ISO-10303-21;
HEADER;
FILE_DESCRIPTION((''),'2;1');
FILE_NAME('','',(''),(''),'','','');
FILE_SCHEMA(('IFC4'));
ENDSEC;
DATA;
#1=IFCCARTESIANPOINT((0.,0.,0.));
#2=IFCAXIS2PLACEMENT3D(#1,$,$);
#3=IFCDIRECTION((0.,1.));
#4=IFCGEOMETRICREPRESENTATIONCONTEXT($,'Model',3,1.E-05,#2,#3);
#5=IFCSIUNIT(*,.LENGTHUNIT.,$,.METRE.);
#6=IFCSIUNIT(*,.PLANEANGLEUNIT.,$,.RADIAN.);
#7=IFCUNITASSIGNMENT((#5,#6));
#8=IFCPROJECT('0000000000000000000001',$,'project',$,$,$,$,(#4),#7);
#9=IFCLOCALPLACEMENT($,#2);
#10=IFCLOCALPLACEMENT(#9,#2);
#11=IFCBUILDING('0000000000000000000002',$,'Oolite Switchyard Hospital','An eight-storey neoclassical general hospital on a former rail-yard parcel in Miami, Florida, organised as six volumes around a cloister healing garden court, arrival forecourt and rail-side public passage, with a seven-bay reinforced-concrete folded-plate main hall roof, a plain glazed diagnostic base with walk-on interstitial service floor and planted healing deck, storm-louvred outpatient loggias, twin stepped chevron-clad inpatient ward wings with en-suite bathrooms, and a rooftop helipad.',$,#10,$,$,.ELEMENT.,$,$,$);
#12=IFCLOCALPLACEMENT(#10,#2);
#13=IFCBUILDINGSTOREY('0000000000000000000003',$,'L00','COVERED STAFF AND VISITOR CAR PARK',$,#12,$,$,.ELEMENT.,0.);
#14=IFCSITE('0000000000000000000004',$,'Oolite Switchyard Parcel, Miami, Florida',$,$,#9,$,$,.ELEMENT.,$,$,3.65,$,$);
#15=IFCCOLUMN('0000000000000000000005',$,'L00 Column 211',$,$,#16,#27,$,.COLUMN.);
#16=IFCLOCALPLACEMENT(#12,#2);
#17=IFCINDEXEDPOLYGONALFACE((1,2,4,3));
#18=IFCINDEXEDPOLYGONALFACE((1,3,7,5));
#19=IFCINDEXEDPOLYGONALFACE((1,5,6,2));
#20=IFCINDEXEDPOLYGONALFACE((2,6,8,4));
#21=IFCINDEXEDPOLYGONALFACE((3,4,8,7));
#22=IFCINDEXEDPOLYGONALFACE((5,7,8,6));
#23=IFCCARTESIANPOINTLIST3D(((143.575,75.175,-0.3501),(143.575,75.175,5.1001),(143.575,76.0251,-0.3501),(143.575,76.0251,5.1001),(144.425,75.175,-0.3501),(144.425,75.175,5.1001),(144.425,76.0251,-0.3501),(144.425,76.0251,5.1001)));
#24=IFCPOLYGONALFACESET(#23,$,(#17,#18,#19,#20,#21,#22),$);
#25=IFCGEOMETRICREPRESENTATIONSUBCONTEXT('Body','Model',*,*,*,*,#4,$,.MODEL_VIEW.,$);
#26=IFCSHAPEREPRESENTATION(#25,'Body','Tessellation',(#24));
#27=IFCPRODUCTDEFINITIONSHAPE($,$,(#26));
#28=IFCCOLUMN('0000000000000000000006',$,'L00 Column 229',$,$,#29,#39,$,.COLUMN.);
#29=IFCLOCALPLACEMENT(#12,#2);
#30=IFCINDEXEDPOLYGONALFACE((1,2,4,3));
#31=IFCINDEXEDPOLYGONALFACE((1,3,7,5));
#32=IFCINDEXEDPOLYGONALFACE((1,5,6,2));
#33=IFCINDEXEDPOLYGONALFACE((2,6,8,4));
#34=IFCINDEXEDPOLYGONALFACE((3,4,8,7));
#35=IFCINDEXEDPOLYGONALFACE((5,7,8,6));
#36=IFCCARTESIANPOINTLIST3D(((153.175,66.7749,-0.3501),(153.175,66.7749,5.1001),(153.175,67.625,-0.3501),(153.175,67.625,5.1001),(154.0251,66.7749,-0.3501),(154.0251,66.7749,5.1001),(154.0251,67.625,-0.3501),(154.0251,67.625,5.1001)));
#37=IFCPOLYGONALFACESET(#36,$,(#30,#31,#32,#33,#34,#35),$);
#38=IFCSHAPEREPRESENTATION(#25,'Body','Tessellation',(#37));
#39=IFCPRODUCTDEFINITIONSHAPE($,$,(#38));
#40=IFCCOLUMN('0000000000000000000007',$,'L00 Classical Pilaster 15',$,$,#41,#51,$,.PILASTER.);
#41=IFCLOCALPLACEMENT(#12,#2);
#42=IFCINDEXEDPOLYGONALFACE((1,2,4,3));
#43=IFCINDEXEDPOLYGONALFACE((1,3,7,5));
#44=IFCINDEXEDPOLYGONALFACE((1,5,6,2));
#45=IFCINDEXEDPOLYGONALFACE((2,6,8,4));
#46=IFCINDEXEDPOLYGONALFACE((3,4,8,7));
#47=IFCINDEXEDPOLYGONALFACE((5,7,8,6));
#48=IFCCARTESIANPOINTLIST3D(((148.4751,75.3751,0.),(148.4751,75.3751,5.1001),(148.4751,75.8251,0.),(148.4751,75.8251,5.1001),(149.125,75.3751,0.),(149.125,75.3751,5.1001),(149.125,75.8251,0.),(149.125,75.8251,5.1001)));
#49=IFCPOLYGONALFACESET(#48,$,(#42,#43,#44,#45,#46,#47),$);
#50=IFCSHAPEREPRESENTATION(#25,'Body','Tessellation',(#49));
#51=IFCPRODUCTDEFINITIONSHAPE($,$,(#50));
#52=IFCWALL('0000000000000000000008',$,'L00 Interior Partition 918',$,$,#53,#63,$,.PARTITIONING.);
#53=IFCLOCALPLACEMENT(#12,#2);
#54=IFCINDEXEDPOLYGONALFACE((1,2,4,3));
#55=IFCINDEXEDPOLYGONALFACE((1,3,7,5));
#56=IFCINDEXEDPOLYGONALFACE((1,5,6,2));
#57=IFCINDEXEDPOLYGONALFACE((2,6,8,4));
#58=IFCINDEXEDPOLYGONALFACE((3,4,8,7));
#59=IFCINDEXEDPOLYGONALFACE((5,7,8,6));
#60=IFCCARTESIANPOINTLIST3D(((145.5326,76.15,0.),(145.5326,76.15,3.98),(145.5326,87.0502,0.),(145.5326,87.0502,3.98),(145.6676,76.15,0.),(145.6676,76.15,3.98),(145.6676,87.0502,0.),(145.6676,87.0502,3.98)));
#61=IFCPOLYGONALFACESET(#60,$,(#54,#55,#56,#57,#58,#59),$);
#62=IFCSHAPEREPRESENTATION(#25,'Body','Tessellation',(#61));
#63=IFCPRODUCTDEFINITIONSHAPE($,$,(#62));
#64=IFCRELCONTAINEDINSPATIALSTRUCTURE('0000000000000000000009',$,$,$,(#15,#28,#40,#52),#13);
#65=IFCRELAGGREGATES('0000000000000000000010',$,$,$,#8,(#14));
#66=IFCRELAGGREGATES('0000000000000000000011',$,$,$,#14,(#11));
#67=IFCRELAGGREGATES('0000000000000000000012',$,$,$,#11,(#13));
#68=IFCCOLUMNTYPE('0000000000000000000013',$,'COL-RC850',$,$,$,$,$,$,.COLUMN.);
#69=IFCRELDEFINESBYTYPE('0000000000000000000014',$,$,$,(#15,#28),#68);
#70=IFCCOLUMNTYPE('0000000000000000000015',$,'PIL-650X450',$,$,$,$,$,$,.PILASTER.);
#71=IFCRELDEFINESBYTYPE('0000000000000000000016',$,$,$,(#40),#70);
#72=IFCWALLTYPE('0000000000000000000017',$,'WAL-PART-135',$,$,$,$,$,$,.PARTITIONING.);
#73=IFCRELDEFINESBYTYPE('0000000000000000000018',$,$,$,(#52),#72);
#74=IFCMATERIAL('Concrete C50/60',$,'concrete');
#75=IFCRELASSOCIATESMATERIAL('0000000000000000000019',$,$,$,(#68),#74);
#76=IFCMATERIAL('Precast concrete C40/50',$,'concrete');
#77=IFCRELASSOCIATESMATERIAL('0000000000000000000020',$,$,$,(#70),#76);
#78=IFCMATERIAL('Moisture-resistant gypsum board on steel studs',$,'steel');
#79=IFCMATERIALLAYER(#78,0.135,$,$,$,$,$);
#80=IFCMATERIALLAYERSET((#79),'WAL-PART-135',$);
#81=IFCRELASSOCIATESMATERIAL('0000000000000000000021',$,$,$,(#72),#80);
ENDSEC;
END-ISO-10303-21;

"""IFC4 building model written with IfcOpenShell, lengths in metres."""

from ifc_helpers import new_model, si_unit, direction, frame, frame_2d, origin, origin_2d, place, context, subcontext, project, spatial, rectangle, extrude, material, layer, layer_set, material_profile, profile_set, type_object, element, save


model = new_model("IFC4")

# Units and contexts
model_context = context("Model", 3, precision=1e-05, world=origin(), true_north=direction((0.0, 1.0)))
body_context = subcontext(model_context, "Body", "Model", "MODEL_VIEW")
ifc_project = project(units=[si_unit("LENGTHUNIT", "METRE"), si_unit("PLANEANGLEUNIT", "RADIAN")], contexts=[model_context])

# Site, building, storey
site_placement = place(None, origin())
site = spatial("IfcSite", under=ifc_project, at=site_placement, Name="Oolite Switchyard Parcel, Miami, Florida", CompositionType="ELEMENT", RefElevation=3.65)
building_placement = place(site_placement, origin())
building = spatial("IfcBuilding", under=site, at=building_placement, Name="Oolite Switchyard Hospital", Description="An eight-storey neoclassical general hospital on a former rail-yard parcel in Miami, Florida, organised as six volumes around a cloister healing garden court, arrival forecourt and rail-side public passage, with a seven-bay reinforced-concrete folded-plate main hall roof, a plain glazed diagnostic base with walk-on interstitial service floor and planted healing deck, storm-louvred outpatient loggias, twin stepped chevron-clad inpatient ward wings with en-suite bathrooms, and a rooftop helipad.", CompositionType="ELEMENT")
storey_placement = place(building_placement, origin())
storey = spatial("IfcBuildingStorey", under=building, at=storey_placement, Name="L00", Description="COVERED STAFF AND VISITOR CAR PARK", CompositionType="ELEMENT", Elevation=0.0)

# Columns
ifc_material_1 = material(Name="Concrete C50/60", Category="concrete")
ifc_material_profile_1 = material_profile(ifc_material_1, rectangle(XDim=0.8501, YDim=0.8501, at=origin_2d()), Name="RC850X850")
ifc_profile_set_1 = profile_set([ifc_material_profile_1], Name="Concrete C50/60")
column_type_1 = type_object("IfcColumnType", Name="COL-RC850", PredefinedType="COLUMN", material=ifc_profile_set_1)
for number, where, z_axis, x_axis, name in (
    (1, (144.0, 75.6001, -0.3501), (0.0, 0.0, 1.0), (1.0, 0.0, 0.0), "L00 Column 211"),
    (2, (153.6001, 67.2, -0.3501), (0.0, 0.0, 1.0), (1.0, 0.0, 0.0), "L00 Column 229"),
):
    element("IfcColumn", number, at=place(storey_placement, frame(where, z_axis=z_axis, x_axis=x_axis)), inside=storey, type_object=column_type_1, Name=name, PredefinedType="COLUMN", context=body_context, shape_type="SweptSolid", body=[
        extrude(rectangle(XDim=0.8501, YDim=0.8501, at=origin_2d()), origin(), (0.0, 0.0, 1.0), 5.4502),
    ])
ifc_material_2 = material(Name="Precast concrete C40/50", Category="concrete")
ifc_material_profile_2 = material_profile(ifc_material_2, rectangle(XDim=0.6499, YDim=0.45, at=origin_2d()), Name="PIL650X450")
ifc_profile_set_2 = profile_set([ifc_material_profile_2], Name="Precast concrete C40/50")
column_type_2 = type_object("IfcColumnType", Name="PIL-650X450", PredefinedType="PILASTER", material=ifc_profile_set_2)
column_placement = place(storey_placement, frame((148.8, 75.6001, 0.0), z_axis=(0.0, 0.0, 1.0), x_axis=(1.0, 0.0, 0.0)))
element("IfcColumn", 3, at=column_placement, inside=storey, type_object=column_type_2, Name="L00 Classical Pilaster 15", PredefinedType="PILASTER", context=body_context, shape_type="SweptSolid", body=[
    extrude(rectangle(XDim=0.6499, YDim=0.45, at=origin_2d()), origin(), (0.0, 0.0, 1.0), 5.1001),
])

# Wall
ifc_material_3 = material(Name="Moisture-resistant gypsum board on steel studs", Category="steel")
ifc_layer = layer(ifc_material_3, 0.135)
ifc_layer_set = layer_set([ifc_layer], Name="WAL-PART-135")
wall_type = type_object("IfcWallType", Name="WAL-PART-135", PredefinedType="PARTITIONING", material=ifc_layer_set)
wall_placement = place(storey_placement, frame((145.6001, 76.1499, 0.0), z_axis=(0.0, 0.0, 1.0), x_axis=(0.0, 1.0, 0.0)))
element("IfcWall", 4, at=wall_placement, inside=storey, type_object=wall_type, Name="L00 Interior Partition 918", PredefinedType="PARTITIONING", context=body_context, shape_type="SweptSolid", body=[
    extrude(rectangle(XDim=10.9001, YDim=0.135, at=frame_2d((5.4502, 0.0))), origin(), (0.0, 0.0, 1.0), 3.98),
])

save(model, "model.ifc")
